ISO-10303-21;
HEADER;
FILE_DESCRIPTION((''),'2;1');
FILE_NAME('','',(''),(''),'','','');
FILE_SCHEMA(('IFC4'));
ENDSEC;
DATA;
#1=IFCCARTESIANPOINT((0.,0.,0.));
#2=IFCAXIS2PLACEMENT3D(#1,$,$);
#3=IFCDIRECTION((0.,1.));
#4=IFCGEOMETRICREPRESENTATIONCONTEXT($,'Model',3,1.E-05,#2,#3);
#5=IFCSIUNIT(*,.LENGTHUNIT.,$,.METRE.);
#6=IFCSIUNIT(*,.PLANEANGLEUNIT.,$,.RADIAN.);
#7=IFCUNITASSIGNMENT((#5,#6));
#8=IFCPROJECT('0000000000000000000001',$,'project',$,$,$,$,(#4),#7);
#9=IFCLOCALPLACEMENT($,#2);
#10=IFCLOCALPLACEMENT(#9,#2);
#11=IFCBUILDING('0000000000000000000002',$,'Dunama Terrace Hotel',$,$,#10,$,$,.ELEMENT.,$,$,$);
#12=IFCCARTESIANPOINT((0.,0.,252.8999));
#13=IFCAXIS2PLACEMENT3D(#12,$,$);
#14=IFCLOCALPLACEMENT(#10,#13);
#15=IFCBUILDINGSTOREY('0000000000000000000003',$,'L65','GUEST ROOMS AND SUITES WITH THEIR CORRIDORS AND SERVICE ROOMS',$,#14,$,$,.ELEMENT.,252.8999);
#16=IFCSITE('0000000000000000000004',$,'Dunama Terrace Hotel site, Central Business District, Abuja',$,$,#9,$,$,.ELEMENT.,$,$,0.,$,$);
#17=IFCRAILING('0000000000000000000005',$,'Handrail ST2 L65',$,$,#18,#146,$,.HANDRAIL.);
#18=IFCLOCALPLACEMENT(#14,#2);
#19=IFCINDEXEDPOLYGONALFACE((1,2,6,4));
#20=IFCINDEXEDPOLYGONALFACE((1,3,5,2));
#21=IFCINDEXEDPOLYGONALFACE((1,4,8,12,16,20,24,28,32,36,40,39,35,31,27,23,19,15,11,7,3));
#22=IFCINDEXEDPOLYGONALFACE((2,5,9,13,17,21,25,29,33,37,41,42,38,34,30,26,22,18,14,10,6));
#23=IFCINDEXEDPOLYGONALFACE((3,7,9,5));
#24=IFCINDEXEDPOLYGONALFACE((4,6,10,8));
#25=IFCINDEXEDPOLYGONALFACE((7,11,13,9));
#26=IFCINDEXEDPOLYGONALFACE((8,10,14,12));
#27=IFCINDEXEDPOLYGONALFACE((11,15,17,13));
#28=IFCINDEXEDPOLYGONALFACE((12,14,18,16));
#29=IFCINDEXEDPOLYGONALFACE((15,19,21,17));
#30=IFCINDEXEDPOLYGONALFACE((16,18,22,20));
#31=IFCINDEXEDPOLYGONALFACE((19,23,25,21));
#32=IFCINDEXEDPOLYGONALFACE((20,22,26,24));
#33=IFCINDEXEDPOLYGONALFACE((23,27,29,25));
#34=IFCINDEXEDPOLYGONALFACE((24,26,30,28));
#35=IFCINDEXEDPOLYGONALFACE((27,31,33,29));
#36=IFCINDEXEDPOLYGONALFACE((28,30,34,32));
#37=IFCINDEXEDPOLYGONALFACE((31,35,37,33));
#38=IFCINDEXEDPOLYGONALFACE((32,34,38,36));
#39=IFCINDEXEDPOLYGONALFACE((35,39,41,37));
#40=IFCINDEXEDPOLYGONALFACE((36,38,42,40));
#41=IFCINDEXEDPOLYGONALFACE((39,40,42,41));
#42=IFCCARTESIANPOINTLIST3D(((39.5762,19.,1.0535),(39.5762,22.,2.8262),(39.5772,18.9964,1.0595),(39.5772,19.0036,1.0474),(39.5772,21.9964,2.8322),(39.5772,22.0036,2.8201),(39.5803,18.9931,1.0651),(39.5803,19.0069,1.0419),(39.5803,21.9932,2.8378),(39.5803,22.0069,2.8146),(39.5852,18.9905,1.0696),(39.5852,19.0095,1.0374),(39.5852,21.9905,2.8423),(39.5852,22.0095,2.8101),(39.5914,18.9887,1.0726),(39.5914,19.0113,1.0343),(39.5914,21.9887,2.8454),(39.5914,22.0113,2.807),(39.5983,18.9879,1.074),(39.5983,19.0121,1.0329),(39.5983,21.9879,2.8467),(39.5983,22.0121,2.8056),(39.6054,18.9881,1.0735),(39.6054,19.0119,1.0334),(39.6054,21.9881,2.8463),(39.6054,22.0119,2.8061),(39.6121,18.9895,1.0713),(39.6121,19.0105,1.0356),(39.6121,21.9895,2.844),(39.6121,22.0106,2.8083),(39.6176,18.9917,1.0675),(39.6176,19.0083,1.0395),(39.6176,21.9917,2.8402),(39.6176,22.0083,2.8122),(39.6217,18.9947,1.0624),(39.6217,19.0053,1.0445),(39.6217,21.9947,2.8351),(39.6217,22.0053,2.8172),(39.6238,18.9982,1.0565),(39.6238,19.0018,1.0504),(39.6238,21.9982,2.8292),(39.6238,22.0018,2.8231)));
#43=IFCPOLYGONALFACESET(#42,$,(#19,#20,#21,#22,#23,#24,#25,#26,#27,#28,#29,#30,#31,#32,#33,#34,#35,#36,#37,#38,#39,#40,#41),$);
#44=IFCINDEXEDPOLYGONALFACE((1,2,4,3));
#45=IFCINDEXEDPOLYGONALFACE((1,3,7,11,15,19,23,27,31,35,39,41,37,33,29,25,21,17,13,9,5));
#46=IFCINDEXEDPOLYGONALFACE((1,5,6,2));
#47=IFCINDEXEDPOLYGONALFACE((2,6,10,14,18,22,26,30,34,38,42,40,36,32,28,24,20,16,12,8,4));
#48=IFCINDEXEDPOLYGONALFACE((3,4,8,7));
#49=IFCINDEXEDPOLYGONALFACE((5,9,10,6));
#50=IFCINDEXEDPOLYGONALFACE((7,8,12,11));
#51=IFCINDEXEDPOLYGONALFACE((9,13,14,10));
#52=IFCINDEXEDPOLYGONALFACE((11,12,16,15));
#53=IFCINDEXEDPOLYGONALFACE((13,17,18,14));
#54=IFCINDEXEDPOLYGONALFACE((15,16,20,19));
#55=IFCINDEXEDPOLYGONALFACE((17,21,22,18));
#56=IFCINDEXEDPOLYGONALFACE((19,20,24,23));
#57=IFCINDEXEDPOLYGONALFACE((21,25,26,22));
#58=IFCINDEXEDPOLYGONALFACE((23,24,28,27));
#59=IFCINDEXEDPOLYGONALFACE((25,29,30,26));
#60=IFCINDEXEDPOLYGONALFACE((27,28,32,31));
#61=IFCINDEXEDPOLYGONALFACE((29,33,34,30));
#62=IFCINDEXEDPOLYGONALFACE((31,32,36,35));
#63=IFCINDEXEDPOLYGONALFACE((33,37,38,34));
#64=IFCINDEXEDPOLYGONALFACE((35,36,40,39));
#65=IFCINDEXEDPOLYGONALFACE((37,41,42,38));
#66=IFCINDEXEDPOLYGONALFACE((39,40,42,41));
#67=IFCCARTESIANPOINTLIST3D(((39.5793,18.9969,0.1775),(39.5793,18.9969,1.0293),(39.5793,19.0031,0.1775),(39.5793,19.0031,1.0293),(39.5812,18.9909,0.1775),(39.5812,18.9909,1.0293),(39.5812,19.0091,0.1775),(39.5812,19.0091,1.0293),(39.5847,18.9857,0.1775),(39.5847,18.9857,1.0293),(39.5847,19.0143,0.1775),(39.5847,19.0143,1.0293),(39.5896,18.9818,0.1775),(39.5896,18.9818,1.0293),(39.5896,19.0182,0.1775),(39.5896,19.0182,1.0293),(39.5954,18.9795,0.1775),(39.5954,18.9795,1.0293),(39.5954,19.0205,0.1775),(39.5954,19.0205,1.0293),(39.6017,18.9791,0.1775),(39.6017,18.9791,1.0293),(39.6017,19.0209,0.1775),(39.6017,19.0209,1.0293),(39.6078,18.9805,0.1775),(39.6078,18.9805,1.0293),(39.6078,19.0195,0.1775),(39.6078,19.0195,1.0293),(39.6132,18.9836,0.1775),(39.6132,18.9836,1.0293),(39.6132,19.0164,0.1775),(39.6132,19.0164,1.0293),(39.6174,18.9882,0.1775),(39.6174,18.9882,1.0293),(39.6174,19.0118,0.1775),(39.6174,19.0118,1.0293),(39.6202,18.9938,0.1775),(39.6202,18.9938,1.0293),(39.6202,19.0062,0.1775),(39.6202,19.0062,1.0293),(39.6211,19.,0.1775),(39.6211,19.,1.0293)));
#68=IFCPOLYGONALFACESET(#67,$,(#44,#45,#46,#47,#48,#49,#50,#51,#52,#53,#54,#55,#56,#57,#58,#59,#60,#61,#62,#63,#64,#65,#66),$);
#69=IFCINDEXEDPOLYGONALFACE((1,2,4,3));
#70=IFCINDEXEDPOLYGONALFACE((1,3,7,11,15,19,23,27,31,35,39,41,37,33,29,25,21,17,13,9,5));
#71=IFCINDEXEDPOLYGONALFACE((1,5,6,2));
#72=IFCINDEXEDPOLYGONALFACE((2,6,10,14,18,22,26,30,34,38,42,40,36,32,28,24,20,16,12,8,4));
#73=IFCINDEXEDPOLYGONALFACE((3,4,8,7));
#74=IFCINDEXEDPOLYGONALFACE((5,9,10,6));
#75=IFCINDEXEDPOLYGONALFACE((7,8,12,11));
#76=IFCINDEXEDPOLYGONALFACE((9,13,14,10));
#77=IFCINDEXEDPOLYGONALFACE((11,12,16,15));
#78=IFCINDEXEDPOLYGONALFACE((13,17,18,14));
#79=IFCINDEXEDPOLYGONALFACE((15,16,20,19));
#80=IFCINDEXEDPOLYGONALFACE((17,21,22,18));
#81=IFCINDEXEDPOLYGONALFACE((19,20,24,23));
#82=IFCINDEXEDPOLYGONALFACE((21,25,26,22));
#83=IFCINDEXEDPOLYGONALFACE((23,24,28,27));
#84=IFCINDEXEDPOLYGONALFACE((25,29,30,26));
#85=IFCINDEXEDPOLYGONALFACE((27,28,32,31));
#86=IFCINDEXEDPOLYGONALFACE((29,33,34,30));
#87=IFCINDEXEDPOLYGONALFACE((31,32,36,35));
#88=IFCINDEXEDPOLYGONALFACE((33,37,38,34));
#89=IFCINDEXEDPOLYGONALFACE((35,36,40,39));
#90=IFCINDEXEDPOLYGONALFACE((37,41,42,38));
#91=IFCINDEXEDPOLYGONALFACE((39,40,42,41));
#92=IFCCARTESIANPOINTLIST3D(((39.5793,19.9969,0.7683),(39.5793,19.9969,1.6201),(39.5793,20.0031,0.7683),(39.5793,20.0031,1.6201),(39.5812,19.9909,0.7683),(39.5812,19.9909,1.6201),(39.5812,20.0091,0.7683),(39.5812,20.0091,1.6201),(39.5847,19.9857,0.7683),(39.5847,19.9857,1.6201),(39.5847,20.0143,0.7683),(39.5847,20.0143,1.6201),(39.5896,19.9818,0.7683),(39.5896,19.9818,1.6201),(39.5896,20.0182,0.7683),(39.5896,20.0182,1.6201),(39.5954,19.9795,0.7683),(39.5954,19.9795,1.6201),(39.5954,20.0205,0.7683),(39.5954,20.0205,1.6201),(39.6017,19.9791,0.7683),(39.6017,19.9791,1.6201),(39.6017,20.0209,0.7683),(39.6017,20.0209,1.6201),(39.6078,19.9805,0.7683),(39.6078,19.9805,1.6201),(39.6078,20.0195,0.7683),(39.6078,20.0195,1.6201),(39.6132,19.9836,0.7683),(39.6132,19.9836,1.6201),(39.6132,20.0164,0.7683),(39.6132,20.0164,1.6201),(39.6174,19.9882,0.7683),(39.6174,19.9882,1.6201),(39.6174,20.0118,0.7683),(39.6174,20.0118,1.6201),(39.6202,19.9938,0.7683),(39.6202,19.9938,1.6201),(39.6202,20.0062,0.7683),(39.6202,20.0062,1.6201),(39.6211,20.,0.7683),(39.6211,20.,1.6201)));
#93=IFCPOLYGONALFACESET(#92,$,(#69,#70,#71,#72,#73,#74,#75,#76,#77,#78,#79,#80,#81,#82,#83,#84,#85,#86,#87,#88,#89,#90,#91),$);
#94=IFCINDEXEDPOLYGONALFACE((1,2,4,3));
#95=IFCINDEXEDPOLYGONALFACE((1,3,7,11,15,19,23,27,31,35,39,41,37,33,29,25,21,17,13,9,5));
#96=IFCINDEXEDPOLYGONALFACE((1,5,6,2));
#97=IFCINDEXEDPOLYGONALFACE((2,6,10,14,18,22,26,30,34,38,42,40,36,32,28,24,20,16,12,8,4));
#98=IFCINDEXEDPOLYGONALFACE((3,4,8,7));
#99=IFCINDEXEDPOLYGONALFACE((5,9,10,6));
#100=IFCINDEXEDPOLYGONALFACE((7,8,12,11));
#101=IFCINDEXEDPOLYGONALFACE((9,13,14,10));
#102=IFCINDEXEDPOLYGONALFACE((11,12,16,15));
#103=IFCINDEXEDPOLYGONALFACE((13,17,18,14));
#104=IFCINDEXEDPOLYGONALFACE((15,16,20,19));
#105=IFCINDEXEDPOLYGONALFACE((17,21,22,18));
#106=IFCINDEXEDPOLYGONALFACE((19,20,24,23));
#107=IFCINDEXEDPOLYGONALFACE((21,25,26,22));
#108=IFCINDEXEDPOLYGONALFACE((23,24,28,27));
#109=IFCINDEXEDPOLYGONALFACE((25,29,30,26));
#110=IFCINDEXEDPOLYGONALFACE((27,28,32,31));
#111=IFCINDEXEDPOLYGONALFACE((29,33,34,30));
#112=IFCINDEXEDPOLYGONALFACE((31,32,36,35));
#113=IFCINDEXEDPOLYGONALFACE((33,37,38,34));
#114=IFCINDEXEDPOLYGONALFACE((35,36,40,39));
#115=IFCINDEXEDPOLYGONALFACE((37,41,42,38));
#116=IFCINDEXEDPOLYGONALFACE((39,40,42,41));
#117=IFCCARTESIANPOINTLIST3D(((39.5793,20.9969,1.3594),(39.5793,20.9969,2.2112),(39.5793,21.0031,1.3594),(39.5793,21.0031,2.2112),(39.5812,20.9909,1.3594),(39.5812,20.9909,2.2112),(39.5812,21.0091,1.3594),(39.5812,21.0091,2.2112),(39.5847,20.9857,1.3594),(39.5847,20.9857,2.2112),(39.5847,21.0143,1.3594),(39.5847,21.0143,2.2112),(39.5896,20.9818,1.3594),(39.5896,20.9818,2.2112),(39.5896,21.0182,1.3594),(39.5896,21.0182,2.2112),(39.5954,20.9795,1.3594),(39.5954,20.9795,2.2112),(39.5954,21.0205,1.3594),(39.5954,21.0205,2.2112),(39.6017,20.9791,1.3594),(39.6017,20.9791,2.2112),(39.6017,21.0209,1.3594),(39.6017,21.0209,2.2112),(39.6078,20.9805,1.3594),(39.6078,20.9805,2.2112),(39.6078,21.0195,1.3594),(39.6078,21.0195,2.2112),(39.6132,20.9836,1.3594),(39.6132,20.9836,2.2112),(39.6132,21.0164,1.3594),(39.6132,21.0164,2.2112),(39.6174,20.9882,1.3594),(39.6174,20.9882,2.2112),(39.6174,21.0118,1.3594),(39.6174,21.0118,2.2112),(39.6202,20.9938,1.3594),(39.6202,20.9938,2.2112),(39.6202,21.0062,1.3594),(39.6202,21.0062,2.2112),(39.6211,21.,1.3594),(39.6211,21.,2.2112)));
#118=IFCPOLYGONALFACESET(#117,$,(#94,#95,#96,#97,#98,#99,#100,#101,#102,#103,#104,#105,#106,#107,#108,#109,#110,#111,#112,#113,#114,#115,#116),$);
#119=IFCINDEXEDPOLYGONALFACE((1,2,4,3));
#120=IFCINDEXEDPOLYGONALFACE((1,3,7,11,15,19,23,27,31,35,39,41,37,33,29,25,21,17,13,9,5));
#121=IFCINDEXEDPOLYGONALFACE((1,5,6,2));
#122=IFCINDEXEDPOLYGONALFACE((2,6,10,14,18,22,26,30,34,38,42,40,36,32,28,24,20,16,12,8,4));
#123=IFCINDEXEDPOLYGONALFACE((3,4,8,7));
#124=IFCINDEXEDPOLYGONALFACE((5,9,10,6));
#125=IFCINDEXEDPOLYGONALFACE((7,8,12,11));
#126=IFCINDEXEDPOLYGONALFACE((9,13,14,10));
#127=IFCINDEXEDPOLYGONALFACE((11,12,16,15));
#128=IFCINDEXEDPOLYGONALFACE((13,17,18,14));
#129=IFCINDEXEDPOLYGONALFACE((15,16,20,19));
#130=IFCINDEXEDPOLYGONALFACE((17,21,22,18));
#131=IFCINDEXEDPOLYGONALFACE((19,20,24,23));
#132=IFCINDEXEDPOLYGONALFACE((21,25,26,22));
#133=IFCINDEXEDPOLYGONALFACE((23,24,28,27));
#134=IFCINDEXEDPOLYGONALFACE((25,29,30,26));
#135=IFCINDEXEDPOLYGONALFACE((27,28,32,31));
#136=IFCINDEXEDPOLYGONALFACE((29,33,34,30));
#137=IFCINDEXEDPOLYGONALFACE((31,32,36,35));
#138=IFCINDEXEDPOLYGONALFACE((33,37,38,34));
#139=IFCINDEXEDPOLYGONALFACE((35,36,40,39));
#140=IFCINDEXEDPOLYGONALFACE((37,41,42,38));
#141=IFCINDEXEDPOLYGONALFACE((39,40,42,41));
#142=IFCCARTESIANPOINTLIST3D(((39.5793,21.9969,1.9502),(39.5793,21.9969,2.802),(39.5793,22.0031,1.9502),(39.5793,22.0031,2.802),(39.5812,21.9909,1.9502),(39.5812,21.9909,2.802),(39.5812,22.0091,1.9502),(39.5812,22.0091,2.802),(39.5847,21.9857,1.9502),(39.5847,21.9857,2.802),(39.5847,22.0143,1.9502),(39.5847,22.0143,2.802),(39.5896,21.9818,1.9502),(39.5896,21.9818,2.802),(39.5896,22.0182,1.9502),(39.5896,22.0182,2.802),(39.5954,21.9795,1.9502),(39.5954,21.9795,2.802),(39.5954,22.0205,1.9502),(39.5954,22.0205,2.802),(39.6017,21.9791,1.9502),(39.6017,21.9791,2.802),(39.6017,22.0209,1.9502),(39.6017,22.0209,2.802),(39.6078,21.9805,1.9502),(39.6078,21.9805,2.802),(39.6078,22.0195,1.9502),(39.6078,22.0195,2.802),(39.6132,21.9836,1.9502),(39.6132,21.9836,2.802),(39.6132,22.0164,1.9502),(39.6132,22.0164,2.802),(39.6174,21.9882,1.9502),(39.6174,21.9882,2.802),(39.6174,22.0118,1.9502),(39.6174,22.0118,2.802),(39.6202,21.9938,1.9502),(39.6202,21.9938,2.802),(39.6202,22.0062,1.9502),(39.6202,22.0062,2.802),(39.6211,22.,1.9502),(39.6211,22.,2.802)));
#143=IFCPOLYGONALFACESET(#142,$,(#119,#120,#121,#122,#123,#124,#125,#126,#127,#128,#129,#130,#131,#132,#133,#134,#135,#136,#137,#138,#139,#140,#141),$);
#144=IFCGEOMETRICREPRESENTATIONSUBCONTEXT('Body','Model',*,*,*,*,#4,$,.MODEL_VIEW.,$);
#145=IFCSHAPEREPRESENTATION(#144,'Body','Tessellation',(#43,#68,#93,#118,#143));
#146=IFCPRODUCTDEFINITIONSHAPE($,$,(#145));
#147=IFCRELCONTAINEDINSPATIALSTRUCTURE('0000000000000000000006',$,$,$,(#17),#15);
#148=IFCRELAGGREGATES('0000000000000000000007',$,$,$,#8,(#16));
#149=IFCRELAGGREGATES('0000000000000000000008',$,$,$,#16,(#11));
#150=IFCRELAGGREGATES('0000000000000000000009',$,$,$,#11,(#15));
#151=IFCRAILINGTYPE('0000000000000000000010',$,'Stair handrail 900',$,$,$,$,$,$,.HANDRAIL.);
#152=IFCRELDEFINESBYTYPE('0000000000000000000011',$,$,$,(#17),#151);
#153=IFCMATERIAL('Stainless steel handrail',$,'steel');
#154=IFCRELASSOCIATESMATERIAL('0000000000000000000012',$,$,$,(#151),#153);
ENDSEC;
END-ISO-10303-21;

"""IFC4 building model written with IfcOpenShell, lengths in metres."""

from ifc_helpers import new_model, si_unit, direction, frame, origin, origin_2d, place, context, subcontext, project, spatial, circle, extrude, material, type_object, element, save


model = new_model("IFC4")

# Units and contexts
model_context = context("Model", 3, precision=1e-05, world=origin(), true_north=direction((0.0, 1.0)))
body_context = subcontext(model_context, "Body", "Model", "MODEL_VIEW")
ifc_project = project(units=[si_unit("LENGTHUNIT", "METRE"), si_unit("PLANEANGLEUNIT", "RADIAN")], contexts=[model_context])

# Site, building, storey
site_placement = place(None, origin())
site = spatial("IfcSite", under=ifc_project, at=site_placement, Name="Dunama Terrace Hotel site, Central Business District, Abuja", CompositionType="ELEMENT", RefElevation=0.0)
building_placement = place(site_placement, origin())
building = spatial("IfcBuilding", under=site, at=building_placement, Name="Dunama Terrace Hotel", CompositionType="ELEMENT")
storey_placement = place(building_placement, frame((0.0, 0.0, 252.8999)))
storey = spatial("IfcBuildingStorey", under=building, at=storey_placement, Name="L65", Description="GUEST ROOMS AND SUITES WITH THEIR CORRIDORS AND SERVICE ROOMS", CompositionType="ELEMENT", Elevation=252.8999)

# Railing
ifc_material_1 = material(Name="Stainless steel handrail", Category="steel")
railing_type_1 = type_object("IfcRailingType", Name="Stair handrail 900", PredefinedType="HANDRAIL", material=ifc_material_1)
railing_1_placement = place(storey_placement, frame((39.6001, 19.0, 0.1775)))
element("IfcRailing", 1, at=railing_1_placement, inside=storey, type_object=railing_type_1, Name="Handrail ST2 L65", PredefinedType="HANDRAIL", context=body_context, shape_type="SweptSolid", body=[
    extrude(circle(Radius=0.0239, at=origin_2d()), frame((0.0, 0.0, 0.876), z_axis=(0.0, 0.860929, 0.508725), x_axis=(-1.0, 0.0, 0.0)), (0.0, 0.0, 1.0), 3.4846),
    extrude(circle(Radius=0.021, at=origin_2d()), origin(), (0.0, 0.0, 1.0), 0.8518),
    extrude(circle(Radius=0.021, at=origin_2d()), frame((0.0, 1.0, 0.5908)), (0.0, 0.0, 1.0), 0.8518),
    extrude(circle(Radius=0.021, at=origin_2d()), frame((0.0, 2.0, 1.1819)), (0.0, 0.0, 1.0), 0.8518),
    extrude(circle(Radius=0.021, at=origin_2d()), frame((0.0, 3.0, 1.7727)), (0.0, 0.0, 1.0), 0.8518),
])

save(model, "model.ifc")
